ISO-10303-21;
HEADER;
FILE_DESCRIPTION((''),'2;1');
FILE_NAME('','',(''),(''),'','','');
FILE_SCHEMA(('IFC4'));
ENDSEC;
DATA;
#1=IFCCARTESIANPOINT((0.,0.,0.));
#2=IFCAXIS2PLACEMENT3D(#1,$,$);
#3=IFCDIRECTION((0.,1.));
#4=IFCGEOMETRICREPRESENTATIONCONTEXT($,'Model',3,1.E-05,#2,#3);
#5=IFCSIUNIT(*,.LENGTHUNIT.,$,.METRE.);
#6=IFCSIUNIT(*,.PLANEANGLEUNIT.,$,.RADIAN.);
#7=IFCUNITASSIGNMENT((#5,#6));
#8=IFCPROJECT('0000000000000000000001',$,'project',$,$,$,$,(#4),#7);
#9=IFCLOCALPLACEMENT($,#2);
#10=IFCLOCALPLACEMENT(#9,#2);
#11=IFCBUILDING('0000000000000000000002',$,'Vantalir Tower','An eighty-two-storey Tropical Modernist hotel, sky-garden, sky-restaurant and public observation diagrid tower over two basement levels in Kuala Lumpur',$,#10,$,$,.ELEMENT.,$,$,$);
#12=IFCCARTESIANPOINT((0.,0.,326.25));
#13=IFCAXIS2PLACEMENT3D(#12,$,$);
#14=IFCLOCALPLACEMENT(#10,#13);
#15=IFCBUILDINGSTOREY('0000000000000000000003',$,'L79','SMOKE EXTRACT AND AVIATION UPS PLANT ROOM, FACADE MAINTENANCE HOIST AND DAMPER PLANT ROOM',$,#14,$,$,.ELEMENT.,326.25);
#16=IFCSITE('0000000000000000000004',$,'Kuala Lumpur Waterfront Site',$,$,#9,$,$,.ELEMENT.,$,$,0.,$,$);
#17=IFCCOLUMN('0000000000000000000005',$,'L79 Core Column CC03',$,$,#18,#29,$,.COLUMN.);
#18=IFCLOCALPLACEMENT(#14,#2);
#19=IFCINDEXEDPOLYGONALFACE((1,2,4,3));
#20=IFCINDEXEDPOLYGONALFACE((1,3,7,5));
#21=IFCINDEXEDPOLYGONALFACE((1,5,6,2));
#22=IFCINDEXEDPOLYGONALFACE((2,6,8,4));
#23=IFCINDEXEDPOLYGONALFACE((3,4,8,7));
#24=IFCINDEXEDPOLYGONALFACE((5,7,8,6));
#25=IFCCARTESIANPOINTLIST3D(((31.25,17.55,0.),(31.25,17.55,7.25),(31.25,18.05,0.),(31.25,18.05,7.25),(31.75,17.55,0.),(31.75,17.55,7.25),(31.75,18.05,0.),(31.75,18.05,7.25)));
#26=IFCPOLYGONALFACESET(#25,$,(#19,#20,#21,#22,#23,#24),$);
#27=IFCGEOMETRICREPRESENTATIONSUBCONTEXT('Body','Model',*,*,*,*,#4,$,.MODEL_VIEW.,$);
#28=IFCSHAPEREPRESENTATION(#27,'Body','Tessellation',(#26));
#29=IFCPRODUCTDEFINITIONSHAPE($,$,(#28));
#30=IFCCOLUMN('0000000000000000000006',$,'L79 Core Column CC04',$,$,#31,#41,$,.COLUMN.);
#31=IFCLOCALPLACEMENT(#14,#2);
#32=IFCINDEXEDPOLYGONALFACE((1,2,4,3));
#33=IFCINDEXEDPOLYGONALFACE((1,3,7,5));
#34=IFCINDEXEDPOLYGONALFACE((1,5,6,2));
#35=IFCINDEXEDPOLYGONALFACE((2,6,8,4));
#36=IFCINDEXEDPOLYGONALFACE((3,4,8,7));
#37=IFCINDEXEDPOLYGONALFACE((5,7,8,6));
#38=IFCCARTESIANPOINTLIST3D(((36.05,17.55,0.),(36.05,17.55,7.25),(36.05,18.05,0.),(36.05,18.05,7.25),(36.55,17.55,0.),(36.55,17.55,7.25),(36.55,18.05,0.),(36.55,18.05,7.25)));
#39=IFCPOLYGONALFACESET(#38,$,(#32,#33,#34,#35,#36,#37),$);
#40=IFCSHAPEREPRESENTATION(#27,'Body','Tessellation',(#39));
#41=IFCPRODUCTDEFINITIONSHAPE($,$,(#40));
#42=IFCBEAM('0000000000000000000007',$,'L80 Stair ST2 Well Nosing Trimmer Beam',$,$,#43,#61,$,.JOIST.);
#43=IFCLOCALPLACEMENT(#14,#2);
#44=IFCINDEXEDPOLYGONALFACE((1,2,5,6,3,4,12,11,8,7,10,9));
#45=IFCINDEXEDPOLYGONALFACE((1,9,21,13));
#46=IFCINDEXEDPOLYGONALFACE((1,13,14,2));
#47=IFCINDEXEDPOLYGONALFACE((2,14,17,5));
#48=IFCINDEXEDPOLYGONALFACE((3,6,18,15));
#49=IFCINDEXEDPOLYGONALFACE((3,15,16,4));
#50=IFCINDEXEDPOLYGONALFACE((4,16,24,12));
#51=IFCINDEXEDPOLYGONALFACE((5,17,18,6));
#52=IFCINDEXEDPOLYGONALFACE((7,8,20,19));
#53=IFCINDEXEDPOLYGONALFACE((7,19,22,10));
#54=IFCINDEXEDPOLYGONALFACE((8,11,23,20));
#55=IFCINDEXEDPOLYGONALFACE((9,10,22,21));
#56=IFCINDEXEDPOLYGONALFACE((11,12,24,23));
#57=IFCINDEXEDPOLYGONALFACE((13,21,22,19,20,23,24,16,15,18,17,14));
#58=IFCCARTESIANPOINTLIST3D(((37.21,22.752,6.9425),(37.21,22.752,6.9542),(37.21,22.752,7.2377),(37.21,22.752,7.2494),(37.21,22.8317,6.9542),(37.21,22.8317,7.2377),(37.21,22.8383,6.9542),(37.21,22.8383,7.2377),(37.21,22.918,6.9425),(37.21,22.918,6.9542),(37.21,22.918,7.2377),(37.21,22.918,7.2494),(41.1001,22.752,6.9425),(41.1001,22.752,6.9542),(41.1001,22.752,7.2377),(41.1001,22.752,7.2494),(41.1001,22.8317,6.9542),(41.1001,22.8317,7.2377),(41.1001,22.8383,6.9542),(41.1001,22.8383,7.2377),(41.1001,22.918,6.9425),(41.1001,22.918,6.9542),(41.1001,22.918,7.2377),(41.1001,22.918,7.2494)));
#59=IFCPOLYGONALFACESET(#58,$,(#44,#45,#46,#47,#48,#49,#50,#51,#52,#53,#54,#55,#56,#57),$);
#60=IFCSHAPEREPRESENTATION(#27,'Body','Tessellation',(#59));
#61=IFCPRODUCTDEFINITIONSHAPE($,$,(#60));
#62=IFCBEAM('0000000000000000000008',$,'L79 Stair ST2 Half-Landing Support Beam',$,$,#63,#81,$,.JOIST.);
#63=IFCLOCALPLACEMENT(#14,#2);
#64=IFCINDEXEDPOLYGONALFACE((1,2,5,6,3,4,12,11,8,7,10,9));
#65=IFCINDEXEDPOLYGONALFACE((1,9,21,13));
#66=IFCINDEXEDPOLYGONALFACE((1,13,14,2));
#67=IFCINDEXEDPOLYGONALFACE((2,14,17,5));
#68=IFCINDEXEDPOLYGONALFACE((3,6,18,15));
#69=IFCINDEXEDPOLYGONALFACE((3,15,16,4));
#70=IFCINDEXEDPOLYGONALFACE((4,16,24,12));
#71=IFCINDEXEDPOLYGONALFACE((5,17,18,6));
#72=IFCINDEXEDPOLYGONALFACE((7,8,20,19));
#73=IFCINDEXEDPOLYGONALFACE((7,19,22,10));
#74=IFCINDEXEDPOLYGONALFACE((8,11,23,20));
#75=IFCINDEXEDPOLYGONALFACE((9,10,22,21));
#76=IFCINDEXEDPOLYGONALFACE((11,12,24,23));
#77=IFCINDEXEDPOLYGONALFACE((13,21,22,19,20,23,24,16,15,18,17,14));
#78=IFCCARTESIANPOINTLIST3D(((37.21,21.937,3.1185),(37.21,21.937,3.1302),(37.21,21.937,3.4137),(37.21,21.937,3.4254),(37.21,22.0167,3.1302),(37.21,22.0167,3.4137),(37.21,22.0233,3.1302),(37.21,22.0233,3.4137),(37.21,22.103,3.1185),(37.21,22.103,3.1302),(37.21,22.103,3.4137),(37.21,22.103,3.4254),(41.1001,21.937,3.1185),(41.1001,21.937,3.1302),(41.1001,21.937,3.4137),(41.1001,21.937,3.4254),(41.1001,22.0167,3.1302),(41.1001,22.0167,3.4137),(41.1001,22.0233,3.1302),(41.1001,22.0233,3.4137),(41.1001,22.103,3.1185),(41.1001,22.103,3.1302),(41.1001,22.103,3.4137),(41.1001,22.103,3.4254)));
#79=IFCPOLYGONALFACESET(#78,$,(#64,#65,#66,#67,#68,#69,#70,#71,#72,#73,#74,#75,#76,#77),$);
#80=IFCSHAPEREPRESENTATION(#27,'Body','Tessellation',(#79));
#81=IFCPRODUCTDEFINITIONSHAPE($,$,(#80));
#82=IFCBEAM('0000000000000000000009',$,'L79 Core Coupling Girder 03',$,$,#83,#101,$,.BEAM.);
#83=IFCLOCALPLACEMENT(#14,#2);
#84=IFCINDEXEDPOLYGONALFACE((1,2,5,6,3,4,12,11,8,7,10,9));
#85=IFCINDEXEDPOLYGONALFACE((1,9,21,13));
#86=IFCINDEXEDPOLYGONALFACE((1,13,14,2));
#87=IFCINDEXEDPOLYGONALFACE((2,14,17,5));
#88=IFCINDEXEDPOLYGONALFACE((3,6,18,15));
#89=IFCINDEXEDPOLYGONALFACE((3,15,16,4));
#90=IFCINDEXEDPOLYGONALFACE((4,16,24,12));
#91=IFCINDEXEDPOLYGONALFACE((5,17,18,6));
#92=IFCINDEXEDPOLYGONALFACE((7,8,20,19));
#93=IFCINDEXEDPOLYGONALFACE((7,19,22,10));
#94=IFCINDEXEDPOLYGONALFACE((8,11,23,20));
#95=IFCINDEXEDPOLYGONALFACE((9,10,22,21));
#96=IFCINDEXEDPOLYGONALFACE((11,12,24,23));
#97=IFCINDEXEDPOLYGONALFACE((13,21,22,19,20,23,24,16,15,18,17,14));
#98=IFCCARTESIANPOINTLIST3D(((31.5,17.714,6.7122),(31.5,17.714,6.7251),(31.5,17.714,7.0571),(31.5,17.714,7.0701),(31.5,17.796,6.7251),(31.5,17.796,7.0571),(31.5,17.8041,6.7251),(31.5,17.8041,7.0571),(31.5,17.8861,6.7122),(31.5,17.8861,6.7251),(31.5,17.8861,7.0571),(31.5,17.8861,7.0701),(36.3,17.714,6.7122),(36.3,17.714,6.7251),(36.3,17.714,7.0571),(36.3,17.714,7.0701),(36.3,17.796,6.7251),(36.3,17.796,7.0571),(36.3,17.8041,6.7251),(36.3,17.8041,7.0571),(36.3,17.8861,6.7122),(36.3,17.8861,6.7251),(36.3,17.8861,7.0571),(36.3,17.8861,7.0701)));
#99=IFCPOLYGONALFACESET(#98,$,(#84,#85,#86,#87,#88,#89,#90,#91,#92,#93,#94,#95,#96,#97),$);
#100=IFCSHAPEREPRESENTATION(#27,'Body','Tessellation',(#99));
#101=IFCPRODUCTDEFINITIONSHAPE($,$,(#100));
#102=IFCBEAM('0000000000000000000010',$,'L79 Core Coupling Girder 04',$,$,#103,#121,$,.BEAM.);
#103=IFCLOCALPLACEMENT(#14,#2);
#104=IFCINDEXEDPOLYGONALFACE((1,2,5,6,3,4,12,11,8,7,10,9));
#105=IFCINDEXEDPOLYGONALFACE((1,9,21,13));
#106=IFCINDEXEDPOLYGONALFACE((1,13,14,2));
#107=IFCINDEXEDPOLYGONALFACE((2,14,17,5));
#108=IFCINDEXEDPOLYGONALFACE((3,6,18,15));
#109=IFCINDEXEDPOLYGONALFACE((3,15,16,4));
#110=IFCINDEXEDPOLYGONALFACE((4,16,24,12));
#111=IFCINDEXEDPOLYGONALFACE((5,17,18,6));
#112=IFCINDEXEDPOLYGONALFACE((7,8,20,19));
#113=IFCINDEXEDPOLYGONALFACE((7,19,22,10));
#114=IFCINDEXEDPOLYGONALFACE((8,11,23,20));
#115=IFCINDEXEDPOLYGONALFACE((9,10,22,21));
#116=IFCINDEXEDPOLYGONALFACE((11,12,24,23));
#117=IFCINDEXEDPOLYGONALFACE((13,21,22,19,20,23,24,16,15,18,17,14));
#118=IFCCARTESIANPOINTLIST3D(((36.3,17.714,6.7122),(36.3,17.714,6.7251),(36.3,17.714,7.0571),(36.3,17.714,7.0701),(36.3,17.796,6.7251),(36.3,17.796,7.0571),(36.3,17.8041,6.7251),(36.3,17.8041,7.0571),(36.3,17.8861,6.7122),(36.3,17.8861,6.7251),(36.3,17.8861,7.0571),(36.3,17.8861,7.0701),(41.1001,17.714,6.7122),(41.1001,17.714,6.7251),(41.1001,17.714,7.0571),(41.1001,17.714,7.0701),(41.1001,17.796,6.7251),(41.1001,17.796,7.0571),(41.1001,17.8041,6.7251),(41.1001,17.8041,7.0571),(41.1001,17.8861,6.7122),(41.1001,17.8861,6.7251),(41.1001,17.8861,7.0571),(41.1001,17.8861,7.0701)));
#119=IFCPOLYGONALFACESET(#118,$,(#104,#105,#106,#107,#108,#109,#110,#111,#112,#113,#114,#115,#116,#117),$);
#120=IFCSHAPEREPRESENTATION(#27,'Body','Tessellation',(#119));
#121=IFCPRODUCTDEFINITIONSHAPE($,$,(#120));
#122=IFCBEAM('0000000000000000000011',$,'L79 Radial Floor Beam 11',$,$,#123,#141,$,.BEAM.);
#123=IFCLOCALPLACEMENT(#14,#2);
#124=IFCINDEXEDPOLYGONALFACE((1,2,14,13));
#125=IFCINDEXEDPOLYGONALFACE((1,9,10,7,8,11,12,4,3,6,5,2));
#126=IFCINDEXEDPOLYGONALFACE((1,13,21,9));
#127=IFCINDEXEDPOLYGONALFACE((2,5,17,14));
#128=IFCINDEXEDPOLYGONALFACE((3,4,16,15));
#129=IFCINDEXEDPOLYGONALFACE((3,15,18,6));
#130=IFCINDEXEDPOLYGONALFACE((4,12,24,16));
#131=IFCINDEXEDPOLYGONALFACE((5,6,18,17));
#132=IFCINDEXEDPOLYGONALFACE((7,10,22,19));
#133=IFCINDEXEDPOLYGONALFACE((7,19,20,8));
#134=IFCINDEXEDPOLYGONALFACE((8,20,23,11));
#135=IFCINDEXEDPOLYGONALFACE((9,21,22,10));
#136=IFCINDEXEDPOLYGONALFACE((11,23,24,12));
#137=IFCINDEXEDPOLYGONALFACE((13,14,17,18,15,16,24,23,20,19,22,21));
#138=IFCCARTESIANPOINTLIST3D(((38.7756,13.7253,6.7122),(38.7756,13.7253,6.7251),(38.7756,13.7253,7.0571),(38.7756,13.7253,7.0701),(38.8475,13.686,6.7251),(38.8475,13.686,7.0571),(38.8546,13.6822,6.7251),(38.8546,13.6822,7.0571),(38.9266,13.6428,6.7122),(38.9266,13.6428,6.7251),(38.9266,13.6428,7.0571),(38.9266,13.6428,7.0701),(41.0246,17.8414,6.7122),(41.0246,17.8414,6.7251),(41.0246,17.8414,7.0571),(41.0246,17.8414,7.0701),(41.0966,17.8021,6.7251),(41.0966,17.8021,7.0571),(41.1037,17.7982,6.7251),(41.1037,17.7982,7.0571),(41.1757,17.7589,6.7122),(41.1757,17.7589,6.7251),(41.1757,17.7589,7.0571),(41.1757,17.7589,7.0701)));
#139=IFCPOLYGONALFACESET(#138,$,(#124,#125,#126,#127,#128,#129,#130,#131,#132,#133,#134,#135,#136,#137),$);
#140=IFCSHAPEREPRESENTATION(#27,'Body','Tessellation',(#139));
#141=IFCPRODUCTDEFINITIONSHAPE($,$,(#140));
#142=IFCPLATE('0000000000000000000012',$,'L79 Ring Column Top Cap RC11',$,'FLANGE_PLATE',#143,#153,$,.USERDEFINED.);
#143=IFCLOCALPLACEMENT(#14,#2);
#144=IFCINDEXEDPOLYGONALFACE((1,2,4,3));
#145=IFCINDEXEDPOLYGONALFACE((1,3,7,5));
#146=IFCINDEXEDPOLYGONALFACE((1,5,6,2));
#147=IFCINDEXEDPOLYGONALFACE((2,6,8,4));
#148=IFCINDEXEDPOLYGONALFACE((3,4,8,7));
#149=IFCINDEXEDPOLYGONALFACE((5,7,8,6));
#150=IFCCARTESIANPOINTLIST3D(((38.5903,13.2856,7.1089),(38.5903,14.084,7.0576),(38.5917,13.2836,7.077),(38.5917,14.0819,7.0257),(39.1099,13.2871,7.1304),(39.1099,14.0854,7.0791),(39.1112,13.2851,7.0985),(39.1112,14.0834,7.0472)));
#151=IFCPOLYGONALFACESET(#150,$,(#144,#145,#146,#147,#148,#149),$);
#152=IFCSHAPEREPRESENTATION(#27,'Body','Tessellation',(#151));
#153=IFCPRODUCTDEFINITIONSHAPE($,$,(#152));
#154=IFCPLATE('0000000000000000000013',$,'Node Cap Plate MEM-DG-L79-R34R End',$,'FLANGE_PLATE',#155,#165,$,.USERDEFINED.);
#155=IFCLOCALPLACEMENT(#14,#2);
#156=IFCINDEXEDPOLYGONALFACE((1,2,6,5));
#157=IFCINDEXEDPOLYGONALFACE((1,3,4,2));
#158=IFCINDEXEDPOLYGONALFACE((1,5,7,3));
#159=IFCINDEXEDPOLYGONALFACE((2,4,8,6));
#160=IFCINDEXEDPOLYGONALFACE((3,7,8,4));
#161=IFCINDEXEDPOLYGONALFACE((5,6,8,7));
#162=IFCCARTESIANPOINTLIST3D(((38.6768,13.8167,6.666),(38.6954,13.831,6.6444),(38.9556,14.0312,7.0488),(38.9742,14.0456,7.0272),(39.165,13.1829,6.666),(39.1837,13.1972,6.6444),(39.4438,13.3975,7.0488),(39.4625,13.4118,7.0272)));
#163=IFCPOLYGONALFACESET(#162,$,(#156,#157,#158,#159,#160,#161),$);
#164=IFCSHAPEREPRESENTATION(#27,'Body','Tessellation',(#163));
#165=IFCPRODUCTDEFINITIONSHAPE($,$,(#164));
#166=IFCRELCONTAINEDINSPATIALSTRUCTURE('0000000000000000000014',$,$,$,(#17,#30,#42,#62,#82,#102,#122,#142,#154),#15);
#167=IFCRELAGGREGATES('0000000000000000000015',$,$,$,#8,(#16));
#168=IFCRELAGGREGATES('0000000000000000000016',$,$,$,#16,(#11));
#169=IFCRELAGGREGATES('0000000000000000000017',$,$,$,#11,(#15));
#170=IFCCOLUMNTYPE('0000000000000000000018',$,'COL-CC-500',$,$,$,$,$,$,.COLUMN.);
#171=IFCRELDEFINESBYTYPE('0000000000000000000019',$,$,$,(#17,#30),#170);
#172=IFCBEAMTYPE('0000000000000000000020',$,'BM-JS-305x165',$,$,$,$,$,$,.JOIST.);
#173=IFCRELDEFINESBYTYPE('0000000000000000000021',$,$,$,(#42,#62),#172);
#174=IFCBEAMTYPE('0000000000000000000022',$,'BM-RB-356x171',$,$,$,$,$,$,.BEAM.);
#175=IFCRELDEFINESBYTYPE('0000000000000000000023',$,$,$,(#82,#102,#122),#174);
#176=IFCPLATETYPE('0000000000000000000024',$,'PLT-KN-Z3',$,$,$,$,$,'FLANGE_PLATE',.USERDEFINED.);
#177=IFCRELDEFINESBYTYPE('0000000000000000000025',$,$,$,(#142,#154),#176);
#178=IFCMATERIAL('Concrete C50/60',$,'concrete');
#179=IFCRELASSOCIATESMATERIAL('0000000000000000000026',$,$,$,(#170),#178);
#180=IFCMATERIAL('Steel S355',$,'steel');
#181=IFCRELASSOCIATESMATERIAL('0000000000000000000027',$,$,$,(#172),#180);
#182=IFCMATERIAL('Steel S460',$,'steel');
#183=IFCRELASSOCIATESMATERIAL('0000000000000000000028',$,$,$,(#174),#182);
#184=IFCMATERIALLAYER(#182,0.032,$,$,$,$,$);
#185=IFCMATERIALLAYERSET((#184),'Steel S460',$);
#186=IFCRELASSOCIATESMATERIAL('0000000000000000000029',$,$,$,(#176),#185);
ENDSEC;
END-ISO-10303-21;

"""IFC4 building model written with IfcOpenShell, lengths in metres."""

from ifc_helpers import new_model, si_unit, direction, frame, origin, origin_2d, place, context, subcontext, project, spatial, polyline, rectangle, i_section, outline, extrude, material, layer, layer_set, material_profile, profile_set, type_object, element, save


model = new_model("IFC4")

# Units and contexts
model_context = context("Model", 3, precision=1e-05, world=origin(), true_north=direction((0.0, 1.0)))
body_context = subcontext(model_context, "Body", "Model", "MODEL_VIEW")
ifc_project = project(units=[si_unit("LENGTHUNIT", "METRE"), si_unit("PLANEANGLEUNIT", "RADIAN")], contexts=[model_context])

# Site, building, storey
site_placement = place(None, origin())
site = spatial("IfcSite", under=ifc_project, at=site_placement, Name="Kuala Lumpur Waterfront Site", CompositionType="ELEMENT", RefElevation=0.0)
building_placement = place(site_placement, origin())
building = spatial("IfcBuilding", under=site, at=building_placement, Name="Vantalir Tower", Description="An eighty-two-storey Tropical Modernist hotel, sky-garden, sky-restaurant and public observation diagrid tower over two basement levels in Kuala Lumpur", CompositionType="ELEMENT")
storey_placement = place(building_placement, frame((0.0, 0.0, 326.25)))
storey = spatial("IfcBuildingStorey", under=building, at=storey_placement, Name="L79", Description="SMOKE EXTRACT AND AVIATION UPS PLANT ROOM, FACADE MAINTENANCE HOIST AND DAMPER PLANT ROOM", CompositionType="ELEMENT", Elevation=326.25)

# Columns
ifc_material_1 = material(Name="Concrete C50/60", Category="concrete")
ifc_material_profile_1 = material_profile(ifc_material_1, rectangle(XDim=0.5, YDim=0.5, at=origin_2d()), Name="Concrete C50/60")
ifc_profile_set_1 = profile_set([ifc_material_profile_1], Name="Concrete C50/60")
column_type = type_object("IfcColumnType", Name="COL-CC-500", PredefinedType="COLUMN", material=ifc_profile_set_1)
for number, where, z_axis, x_axis, name in (
    (1, (31.5, 17.8, 0.0), (0.0, 0.0, 1.0), (1.0, 0.0, 0.0), "L79 Core Column CC03"),
    (2, (36.3, 17.8, 0.0), (0.0, 0.0, 1.0), (1.0, 0.0, 0.0), "L79 Core Column CC04"),
):
    element("IfcColumn", number, at=place(storey_placement, frame(where, z_axis=z_axis, x_axis=x_axis)), inside=storey, type_object=column_type, Name=name, PredefinedType="COLUMN", context=body_context, shape_type="SweptSolid", body=[
        extrude(rectangle(XDim=0.5, YDim=0.5, at=origin_2d()), origin(), (0.0, 0.0, 1.0), 7.25),
    ])

# Beams
ifc_material_2 = material(Name="Steel S355", Category="steel")
ifc_material_profile_2 = material_profile(ifc_material_2, i_section(OverallWidth=0.166, OverallDepth=0.3069, WebThickness=0.0066, FlangeThickness=0.0117, at=origin_2d()), Name="Steel S355")
ifc_profile_set_2 = profile_set([ifc_material_profile_2], Name="Steel S355")
beam_type_1 = type_object("IfcBeamType", Name="BM-JS-305x165", PredefinedType="JOIST", material=ifc_profile_set_2)
for number, where, z_axis, x_axis, name in (
    (3, (37.21, 22.835, 7.0959), (1.0, 0.0, 0.0), (0.0, 1.0, 0.0), "L80 Stair ST2 Well Nosing Trimmer Beam"),
    (4, (37.21, 22.02, 3.272), (1.0, 0.0, 0.0), (0.0, 1.0, 0.0), "L79 Stair ST2 Half-Landing Support Beam"),
):
    element("IfcBeam", number, at=place(storey_placement, frame(where, z_axis=z_axis, x_axis=x_axis)), inside=storey, type_object=beam_type_1, Name=name, PredefinedType="JOIST", context=body_context, shape_type="SweptSolid", body=[
        extrude(i_section(OverallWidth=0.166, OverallDepth=0.3069, WebThickness=0.0066, FlangeThickness=0.0117, at=origin_2d()), origin(), (0.0, 0.0, 1.0), 3.8901),
    ])
ifc_material_3 = material(Name="Steel S460", Category="steel")
ifc_material_profile_3 = material_profile(ifc_material_3, i_section(OverallWidth=0.1721, OverallDepth=0.3579, WebThickness=0.0081, FlangeThickness=0.0129, at=origin_2d()), Name="Steel S460")
ifc_profile_set_3 = profile_set([ifc_material_profile_3], Name="Steel S460")
beam_type_2 = type_object("IfcBeamType", Name="BM-RB-356x171", PredefinedType="BEAM", material=ifc_profile_set_3)
for number, where, z_axis, x_axis, name in (
    (5, (31.5, 17.8, 6.8911), (1.0, 0.0, 0.0), (0.0, 1.0, 0.0), "L79 Core Coupling Girder 03"),
    (6, (36.3, 17.8, 6.8911), (1.0, 0.0, 0.0), (0.0, 1.0, 0.0), "L79 Core Coupling Girder 04"),
):
    element("IfcBeam", number, at=place(storey_placement, frame(where, z_axis=z_axis, x_axis=x_axis)), inside=storey, type_object=beam_type_2, Name=name, PredefinedType="BEAM", context=body_context, shape_type="SweptSolid", body=[
        extrude(i_section(OverallWidth=0.1721, OverallDepth=0.3579, WebThickness=0.0081, FlangeThickness=0.0129, at=origin_2d()), origin(), (0.0, 0.0, 1.0), 4.8),
    ])
beam_placement = place(storey_placement, frame((38.8511, 13.6841, 6.8911), z_axis=(0.479501, 0.877541, 0.0), x_axis=(-0.877541, 0.479501, 0.0)))
element("IfcBeam", 7, at=beam_placement, inside=storey, type_object=beam_type_2, Name="L79 Radial Floor Beam 11", PredefinedType="BEAM", context=body_context, shape_type="SweptSolid", body=[
    extrude(i_section(OverallWidth=0.1721, OverallDepth=0.3579, WebThickness=0.0081, FlangeThickness=0.0129, at=origin_2d()), origin(), (0.0, 0.0, 1.0), 4.6904),
])

# Plates
ifc_layer_1 = layer(ifc_material_3, 0.032)
ifc_layer_set_1 = layer_set([ifc_layer_1], Name="Steel S460")
plate_type = type_object("IfcPlateType", Name="PLT-KN-Z3", ElementType="FLANGE_PLATE", PredefinedType="USERDEFINED", material=ifc_layer_set_1)
plate_1_placement = place(storey_placement, frame((38.5903, 14.084, 7.0576), z_axis=(-0.041414, 0.064033, 0.997088), x_axis=(0.0, -0.997944, 0.064088)))
element("IfcPlate", 8, at=plate_1_placement, inside=storey, type_object=plate_type, Name="L79 Ring Column Top Cap RC11", ObjectType="FLANGE_PLATE", PredefinedType="USERDEFINED", context=body_context, shape_type="SweptSolid", body=[
    extrude(outline(polyline([(0.0, 0.0), (0.8, 0.0), (0.7999, 0.52), (-0.0001, 0.52), (0.0, 0.0)])), origin(), (0.0, 0.0, -1.0), 0.032),
])
plate_2_placement = place(storey_placement, frame((38.6768, 13.8167, 6.666), z_axis=(-0.583251, -0.449346, 0.676688), x_axis=(0.6103, -0.79217, 0.0)))
element("IfcPlate", 9, at=plate_2_placement, inside=storey, type_object=plate_type, Name="Node Cap Plate MEM-DG-L79-R34R End", ObjectType="FLANGE_PLATE", PredefinedType="USERDEFINED", context=body_context, shape_type="SweptSolid", body=[
    extrude(outline(polyline([(0.0, 0.0), (0.8001, 0.0), (0.8002, 0.5199), (0.0002, 0.5199), (0.0, 0.0)])), origin(), (0.0, 0.0, -1.0), 0.032),
])

save(model, "model.ifc")
